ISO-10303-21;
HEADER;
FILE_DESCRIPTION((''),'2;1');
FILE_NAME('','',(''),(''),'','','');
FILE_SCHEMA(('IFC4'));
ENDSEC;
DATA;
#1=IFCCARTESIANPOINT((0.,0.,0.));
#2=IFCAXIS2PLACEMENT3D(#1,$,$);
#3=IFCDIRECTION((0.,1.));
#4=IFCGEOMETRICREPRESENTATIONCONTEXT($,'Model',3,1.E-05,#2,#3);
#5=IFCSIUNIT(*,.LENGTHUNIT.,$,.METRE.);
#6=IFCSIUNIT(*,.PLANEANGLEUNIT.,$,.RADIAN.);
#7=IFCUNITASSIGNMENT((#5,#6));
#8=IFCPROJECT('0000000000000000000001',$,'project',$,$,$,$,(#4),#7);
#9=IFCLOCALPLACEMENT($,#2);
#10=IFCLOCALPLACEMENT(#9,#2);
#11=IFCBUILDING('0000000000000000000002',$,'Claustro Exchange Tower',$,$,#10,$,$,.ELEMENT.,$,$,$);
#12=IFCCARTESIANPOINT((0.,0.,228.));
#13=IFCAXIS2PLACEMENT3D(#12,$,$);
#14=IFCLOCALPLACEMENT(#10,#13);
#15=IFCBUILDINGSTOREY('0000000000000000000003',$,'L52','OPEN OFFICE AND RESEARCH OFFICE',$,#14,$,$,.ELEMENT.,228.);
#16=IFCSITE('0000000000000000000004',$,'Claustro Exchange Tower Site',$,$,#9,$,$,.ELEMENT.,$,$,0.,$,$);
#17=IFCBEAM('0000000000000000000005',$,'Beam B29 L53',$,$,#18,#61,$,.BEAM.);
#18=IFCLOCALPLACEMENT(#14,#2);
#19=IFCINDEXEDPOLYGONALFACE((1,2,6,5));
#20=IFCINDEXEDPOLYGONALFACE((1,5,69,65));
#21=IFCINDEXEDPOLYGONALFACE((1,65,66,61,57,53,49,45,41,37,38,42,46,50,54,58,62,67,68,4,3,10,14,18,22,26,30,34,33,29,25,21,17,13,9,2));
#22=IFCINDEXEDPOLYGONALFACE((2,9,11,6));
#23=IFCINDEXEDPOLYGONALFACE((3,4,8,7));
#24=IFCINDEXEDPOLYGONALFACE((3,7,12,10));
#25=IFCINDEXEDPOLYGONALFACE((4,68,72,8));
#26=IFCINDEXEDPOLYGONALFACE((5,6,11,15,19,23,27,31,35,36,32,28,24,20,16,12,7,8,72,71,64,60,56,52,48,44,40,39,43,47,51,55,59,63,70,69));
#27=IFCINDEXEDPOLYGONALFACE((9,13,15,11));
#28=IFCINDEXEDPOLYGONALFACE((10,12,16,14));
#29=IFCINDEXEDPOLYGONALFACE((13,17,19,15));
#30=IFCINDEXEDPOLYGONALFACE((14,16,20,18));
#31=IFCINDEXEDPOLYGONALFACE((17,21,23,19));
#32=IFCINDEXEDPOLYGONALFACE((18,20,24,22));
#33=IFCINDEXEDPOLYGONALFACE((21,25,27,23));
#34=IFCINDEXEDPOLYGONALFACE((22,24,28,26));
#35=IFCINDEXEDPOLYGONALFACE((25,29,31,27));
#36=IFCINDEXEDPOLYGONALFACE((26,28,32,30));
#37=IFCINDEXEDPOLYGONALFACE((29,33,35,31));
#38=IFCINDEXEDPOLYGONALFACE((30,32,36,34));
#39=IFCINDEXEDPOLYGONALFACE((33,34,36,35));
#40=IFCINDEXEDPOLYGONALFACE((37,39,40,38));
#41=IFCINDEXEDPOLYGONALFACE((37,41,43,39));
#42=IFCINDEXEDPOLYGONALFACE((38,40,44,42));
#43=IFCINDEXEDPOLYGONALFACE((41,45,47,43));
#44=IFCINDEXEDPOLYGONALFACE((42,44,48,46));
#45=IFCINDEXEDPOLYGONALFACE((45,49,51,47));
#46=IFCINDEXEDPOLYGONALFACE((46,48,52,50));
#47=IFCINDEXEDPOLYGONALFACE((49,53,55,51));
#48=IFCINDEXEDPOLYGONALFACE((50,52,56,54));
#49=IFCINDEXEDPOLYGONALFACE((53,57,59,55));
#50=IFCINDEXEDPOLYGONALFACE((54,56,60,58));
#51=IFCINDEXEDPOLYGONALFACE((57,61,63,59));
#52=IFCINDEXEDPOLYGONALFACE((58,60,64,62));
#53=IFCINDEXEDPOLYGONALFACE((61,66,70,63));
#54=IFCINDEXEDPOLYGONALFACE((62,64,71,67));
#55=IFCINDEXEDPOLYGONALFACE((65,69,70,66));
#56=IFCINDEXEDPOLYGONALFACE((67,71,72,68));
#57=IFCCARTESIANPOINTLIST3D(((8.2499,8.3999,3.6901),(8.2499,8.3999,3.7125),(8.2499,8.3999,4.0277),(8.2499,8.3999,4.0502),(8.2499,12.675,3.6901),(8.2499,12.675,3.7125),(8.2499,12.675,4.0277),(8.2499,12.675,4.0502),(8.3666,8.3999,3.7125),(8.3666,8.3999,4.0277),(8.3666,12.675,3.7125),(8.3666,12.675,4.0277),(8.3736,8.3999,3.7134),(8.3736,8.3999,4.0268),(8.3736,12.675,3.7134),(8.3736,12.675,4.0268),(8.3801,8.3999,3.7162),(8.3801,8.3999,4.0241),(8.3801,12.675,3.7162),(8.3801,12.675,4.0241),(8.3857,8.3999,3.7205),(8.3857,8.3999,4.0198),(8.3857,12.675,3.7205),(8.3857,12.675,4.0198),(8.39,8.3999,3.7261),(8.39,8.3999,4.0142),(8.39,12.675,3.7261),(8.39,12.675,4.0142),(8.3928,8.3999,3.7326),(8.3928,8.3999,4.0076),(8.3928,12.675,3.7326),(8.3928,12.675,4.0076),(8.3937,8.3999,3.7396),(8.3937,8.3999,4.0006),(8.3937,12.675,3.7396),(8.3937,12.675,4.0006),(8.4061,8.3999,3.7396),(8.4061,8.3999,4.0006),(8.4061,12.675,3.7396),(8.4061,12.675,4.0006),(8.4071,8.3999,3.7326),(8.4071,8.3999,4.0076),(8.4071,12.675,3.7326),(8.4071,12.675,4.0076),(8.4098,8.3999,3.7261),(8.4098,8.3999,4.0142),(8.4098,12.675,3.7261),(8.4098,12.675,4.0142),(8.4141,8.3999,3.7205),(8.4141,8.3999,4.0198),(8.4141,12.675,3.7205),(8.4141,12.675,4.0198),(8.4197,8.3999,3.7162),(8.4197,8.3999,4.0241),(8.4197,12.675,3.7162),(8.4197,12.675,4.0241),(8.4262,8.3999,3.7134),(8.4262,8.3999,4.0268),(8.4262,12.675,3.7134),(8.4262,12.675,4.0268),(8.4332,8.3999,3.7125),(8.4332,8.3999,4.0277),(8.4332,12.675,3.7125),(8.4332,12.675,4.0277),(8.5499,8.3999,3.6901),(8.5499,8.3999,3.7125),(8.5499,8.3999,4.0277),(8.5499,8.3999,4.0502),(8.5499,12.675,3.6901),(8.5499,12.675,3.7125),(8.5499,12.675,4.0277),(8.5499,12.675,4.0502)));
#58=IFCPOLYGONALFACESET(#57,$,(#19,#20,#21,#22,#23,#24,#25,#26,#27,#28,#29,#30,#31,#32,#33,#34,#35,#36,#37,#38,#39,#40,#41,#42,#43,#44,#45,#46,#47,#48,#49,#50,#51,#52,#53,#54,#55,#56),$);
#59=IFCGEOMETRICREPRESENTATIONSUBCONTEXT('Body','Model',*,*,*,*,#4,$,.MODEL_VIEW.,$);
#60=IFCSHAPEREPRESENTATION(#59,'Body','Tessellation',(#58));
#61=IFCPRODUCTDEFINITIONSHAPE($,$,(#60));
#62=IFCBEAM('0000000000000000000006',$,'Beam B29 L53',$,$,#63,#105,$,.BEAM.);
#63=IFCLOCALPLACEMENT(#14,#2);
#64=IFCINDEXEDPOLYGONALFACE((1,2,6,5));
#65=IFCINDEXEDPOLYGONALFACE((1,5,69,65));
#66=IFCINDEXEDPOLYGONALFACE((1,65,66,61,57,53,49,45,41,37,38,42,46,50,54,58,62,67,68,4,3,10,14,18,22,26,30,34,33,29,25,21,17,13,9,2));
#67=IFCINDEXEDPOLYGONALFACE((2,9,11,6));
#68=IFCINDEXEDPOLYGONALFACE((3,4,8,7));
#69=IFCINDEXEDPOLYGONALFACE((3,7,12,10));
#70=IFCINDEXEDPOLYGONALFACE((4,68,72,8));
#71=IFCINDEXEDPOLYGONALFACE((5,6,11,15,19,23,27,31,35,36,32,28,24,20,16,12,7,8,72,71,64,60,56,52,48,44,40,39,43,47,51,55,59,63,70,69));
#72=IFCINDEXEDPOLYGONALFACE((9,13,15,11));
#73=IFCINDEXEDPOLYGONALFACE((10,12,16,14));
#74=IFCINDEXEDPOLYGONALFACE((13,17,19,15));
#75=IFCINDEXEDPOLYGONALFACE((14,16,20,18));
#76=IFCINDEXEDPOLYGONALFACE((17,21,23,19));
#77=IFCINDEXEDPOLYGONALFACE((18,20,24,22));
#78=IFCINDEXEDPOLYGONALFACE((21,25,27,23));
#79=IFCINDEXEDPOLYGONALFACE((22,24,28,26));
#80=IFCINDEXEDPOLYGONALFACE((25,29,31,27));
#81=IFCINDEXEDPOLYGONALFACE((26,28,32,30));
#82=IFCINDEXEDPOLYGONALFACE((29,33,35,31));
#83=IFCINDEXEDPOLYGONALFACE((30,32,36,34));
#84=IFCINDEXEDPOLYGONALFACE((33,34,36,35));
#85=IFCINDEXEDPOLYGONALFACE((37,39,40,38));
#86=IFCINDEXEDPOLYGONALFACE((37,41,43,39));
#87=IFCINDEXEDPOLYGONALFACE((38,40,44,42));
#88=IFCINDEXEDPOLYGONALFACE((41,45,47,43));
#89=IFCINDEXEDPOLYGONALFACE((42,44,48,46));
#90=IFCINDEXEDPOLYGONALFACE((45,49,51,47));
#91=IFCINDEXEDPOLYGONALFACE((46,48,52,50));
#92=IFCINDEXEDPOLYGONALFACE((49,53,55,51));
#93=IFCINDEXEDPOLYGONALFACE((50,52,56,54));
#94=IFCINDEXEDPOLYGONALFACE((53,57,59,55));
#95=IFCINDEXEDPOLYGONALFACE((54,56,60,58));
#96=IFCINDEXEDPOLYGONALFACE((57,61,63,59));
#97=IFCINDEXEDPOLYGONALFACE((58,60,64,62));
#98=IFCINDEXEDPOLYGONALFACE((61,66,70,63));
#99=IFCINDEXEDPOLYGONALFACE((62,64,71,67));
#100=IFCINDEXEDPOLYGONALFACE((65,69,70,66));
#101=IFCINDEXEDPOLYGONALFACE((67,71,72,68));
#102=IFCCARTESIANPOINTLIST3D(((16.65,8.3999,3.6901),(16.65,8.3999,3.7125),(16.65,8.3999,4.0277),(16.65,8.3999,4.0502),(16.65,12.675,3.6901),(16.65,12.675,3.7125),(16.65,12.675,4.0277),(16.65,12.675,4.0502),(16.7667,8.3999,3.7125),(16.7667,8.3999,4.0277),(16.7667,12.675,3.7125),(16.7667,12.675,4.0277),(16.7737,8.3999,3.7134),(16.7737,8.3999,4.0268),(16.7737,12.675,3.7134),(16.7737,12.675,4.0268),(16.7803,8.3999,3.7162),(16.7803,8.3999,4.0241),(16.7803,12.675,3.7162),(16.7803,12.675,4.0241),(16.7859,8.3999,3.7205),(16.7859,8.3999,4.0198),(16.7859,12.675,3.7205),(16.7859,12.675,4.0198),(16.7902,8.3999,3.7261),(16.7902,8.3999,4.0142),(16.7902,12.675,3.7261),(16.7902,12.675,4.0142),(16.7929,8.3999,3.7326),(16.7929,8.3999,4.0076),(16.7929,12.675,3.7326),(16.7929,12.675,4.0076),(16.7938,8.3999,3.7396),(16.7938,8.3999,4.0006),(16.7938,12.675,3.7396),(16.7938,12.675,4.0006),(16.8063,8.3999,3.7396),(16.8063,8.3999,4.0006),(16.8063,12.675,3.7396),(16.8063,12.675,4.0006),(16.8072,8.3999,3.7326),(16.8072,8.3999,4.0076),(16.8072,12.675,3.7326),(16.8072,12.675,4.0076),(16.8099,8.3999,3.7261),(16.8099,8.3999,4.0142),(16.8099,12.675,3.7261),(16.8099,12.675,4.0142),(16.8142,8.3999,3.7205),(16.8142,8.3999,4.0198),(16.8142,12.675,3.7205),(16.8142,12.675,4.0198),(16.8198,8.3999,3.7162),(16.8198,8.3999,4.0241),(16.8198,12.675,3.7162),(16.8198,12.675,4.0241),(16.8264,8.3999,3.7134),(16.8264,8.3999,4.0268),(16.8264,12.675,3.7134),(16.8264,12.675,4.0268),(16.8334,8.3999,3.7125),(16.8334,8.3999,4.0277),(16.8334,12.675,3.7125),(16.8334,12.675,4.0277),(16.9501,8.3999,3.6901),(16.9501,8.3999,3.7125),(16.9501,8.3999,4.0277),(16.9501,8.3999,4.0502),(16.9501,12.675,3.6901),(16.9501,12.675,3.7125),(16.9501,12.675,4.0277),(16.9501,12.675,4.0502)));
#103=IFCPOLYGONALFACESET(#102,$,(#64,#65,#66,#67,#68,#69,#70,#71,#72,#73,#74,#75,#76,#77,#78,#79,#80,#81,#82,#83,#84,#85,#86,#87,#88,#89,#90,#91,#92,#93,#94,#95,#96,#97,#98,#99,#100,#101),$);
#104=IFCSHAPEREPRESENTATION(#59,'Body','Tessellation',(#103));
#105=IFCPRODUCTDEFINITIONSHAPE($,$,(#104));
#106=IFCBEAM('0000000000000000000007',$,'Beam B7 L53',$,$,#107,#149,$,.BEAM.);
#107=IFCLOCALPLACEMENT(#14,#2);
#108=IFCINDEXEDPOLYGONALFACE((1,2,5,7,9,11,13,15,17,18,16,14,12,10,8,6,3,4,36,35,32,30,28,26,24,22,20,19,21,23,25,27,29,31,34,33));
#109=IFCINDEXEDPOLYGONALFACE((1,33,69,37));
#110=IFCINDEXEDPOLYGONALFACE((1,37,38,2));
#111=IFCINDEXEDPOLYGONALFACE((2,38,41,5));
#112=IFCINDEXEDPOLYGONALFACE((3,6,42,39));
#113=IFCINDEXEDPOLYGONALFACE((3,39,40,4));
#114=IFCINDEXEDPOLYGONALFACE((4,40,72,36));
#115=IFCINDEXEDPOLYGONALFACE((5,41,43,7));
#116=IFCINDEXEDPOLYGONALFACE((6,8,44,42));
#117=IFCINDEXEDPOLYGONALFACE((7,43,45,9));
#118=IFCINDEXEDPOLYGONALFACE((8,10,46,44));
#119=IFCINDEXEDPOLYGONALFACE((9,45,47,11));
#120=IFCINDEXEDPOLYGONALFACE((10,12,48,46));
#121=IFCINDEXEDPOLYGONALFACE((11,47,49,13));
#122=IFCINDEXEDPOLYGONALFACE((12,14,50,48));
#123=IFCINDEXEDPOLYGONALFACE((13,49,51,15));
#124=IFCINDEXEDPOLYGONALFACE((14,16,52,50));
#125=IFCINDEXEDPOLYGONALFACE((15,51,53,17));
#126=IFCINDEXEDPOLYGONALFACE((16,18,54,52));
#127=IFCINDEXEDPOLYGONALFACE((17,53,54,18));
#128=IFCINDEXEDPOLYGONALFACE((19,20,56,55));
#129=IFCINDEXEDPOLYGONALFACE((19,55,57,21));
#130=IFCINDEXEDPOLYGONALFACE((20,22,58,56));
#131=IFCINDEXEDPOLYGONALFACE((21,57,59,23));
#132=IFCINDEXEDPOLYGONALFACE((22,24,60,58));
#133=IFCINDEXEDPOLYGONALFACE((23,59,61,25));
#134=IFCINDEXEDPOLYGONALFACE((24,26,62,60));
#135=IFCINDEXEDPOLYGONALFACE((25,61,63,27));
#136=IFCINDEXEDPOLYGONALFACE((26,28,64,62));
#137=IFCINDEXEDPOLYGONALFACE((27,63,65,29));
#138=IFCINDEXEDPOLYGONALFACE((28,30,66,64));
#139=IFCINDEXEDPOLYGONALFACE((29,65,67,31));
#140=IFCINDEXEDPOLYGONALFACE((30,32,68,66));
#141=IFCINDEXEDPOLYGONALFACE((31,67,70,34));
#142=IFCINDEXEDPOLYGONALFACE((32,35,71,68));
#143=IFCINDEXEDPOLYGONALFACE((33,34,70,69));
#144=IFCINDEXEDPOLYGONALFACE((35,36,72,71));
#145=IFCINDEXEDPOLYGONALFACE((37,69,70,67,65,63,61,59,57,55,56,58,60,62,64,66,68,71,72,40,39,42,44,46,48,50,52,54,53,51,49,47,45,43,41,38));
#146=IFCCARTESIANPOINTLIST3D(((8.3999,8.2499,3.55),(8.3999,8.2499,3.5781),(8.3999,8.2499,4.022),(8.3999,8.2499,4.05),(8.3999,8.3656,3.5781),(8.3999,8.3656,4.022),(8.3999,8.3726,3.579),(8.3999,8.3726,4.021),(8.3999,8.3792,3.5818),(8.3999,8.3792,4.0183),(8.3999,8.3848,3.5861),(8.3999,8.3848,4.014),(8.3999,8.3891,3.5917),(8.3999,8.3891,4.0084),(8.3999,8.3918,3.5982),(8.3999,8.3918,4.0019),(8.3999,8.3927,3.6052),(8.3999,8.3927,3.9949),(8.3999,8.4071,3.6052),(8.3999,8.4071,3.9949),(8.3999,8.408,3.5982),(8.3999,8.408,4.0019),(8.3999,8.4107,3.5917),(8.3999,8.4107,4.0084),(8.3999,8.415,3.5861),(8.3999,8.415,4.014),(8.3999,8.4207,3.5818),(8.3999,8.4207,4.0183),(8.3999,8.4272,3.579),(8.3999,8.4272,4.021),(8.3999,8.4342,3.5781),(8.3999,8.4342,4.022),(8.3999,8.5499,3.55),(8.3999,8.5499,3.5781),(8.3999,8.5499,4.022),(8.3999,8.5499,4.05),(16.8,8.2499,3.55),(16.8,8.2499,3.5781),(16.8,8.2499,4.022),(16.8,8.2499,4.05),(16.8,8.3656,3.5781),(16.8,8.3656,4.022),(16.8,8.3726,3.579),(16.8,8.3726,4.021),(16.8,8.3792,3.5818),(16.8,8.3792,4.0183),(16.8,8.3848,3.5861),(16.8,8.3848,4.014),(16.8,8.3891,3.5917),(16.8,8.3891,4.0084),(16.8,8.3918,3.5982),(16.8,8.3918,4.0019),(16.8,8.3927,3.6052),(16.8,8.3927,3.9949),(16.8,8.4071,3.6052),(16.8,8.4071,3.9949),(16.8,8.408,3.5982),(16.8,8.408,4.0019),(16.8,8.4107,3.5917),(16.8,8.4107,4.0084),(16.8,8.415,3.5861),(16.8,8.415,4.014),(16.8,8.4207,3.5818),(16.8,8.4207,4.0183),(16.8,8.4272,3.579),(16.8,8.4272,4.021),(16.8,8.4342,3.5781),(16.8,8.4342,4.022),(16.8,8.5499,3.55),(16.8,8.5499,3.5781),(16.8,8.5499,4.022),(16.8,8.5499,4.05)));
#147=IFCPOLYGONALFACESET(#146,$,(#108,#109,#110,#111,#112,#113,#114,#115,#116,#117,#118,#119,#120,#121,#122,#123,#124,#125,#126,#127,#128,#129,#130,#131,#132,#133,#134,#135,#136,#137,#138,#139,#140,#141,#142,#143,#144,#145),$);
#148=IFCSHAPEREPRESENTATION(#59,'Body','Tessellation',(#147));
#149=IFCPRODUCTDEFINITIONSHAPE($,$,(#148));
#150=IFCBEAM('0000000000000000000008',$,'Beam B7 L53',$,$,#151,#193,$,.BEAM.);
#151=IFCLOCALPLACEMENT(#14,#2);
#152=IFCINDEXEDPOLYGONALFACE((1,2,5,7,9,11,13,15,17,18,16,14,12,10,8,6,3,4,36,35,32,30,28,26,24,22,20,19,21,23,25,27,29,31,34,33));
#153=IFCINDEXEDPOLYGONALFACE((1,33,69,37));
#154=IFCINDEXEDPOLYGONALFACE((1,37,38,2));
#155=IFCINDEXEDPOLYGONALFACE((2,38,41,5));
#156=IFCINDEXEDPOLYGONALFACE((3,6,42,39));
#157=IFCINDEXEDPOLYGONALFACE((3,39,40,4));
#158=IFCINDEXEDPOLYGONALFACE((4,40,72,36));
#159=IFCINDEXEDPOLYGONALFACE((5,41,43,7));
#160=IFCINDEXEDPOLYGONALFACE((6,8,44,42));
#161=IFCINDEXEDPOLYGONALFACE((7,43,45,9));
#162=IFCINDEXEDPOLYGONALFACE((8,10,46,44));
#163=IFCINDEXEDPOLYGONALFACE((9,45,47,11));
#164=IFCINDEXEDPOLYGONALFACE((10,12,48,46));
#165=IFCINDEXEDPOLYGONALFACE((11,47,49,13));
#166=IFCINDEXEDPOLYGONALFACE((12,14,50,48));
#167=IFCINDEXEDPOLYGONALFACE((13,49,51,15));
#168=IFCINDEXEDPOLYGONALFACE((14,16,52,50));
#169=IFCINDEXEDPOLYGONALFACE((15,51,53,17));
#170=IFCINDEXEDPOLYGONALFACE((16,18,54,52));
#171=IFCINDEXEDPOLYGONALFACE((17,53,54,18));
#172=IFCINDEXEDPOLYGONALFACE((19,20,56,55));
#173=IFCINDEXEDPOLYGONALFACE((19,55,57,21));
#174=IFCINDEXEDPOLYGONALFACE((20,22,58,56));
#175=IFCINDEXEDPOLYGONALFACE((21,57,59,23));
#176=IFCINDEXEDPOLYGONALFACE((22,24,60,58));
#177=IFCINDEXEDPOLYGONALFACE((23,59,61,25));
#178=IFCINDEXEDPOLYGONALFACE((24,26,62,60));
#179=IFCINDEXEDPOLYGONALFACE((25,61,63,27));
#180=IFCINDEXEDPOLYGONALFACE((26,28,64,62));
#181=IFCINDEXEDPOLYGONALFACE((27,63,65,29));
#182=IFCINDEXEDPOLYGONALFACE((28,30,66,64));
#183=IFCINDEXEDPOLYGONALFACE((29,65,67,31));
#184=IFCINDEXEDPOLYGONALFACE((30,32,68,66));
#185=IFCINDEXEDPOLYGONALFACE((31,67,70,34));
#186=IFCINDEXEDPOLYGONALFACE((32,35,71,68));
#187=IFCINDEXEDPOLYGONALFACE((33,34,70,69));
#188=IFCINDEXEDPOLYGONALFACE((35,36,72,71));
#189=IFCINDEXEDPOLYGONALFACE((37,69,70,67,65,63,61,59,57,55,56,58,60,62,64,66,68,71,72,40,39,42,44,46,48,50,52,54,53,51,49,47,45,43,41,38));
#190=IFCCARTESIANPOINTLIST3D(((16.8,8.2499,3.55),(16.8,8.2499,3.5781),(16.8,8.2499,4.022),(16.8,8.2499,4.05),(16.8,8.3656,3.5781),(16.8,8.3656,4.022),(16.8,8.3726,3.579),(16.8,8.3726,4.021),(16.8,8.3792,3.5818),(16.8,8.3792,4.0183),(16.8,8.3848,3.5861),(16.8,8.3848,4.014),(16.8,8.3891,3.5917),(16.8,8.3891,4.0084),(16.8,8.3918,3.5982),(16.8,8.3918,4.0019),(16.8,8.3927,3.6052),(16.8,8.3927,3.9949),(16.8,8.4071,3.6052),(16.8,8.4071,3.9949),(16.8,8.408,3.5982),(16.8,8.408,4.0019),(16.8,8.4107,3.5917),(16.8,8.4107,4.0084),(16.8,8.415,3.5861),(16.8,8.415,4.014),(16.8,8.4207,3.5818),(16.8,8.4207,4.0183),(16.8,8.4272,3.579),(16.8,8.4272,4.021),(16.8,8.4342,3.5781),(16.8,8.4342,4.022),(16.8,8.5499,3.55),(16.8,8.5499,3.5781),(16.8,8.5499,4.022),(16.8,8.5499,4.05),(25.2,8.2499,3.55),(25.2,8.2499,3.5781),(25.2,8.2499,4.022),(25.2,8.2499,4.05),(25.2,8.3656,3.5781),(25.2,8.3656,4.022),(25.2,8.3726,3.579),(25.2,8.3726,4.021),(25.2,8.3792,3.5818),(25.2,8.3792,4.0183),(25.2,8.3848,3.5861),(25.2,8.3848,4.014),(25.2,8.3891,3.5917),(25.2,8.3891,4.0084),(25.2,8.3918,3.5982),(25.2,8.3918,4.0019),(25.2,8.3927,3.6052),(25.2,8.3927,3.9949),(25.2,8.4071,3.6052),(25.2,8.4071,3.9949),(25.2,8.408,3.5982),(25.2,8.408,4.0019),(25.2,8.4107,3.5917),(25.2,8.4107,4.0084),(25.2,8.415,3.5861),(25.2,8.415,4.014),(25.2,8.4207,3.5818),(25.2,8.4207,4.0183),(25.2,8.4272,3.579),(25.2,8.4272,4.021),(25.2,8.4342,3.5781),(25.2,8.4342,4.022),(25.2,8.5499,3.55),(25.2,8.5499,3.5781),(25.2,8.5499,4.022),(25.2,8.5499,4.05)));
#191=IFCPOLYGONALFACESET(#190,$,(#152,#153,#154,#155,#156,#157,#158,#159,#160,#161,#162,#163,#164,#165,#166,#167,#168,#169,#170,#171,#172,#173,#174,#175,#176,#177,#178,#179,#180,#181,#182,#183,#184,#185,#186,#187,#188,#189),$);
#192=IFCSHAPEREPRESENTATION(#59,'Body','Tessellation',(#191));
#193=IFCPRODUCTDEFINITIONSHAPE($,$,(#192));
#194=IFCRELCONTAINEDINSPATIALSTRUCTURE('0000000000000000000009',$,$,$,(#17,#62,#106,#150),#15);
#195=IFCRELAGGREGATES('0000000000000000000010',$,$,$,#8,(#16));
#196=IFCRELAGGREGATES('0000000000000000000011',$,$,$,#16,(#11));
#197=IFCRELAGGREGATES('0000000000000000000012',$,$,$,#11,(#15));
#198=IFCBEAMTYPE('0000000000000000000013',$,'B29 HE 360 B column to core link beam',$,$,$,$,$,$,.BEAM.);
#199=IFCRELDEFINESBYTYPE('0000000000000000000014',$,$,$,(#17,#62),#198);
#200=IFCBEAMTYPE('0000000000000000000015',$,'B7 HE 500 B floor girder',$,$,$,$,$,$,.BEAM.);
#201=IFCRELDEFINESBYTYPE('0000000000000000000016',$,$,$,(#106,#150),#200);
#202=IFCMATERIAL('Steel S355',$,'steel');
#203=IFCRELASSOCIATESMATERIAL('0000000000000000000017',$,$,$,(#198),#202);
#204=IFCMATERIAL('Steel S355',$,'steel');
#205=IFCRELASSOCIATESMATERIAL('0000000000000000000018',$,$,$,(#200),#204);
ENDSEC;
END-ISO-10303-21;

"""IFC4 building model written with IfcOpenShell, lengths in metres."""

from ifc_helpers import new_model, si_unit, direction, frame, origin, origin_2d, place, context, subcontext, project, spatial, i_section, extrude, material, material_profile, profile_set, type_object, element, save


model = new_model("IFC4")

# Units and contexts
model_context = context("Model", 3, precision=1e-05, world=origin(), true_north=direction((0.0, 1.0)))
body_context = subcontext(model_context, "Body", "Model", "MODEL_VIEW")
ifc_project = project(units=[si_unit("LENGTHUNIT", "METRE"), si_unit("PLANEANGLEUNIT", "RADIAN")], contexts=[model_context])

# Site, building, storey
site_placement = place(None, origin())
site = spatial("IfcSite", under=ifc_project, at=site_placement, Name="Claustro Exchange Tower Site", CompositionType="ELEMENT", RefElevation=0.0)
building_placement = place(site_placement, origin())
building = spatial("IfcBuilding", under=site, at=building_placement, Name="Claustro Exchange Tower", CompositionType="ELEMENT")
storey_placement = place(building_placement, frame((0.0, 0.0, 228.0)))
storey = spatial("IfcBuildingStorey", under=building, at=storey_placement, Name="L52", Description="OPEN OFFICE AND RESEARCH OFFICE", CompositionType="ELEMENT", Elevation=228.0)

# Beams
ifc_material_1 = material(Name="Steel S355", Category="steel")
ifc_material_profile_1 = material_profile(ifc_material_1, i_section(OverallWidth=0.3, OverallDepth=0.3601, WebThickness=0.0125, FlangeThickness=0.0225, FilletRadius=0.0271, at=origin_2d()), Name="HE 360 B")
ifc_profile_set_1 = profile_set([ifc_material_profile_1], Name="Steel S355")
beam_type_1 = type_object("IfcBeamType", Name="B29 HE 360 B column to core link beam", PredefinedType="BEAM", material=ifc_profile_set_1)
for number, where, z_axis, x_axis, name in (
    (1, (8.3999, 8.3999, 3.8701), (0.0, 1.0, 0.0), (-1.0, 0.0, 0.0), "Beam B29 L53"),
    (2, (16.8, 8.3999, 3.8701), (0.0, 1.0, 0.0), (-1.0, 0.0, 0.0), "Beam B29 L53"),
):
    element("IfcBeam", number, at=place(storey_placement, frame(where, z_axis=z_axis, x_axis=x_axis)), inside=storey, type_object=beam_type_1, Name=name, PredefinedType="BEAM", context=body_context, shape_type="SweptSolid", body=[
        extrude(i_section(OverallWidth=0.3, OverallDepth=0.3601, WebThickness=0.0125, FlangeThickness=0.0225, FilletRadius=0.0271, at=origin_2d()), origin(), (0.0, 0.0, 1.0), 4.2751),
    ])
ifc_material_2 = material(Name="Steel S355", Category="steel")
ifc_material_profile_2 = material_profile(ifc_material_2, i_section(OverallWidth=0.3, OverallDepth=0.5, WebThickness=0.0144, FlangeThickness=0.0281, FilletRadius=0.0271, at=origin_2d()), Name="HE 500 B")
ifc_profile_set_2 = profile_set([ifc_material_profile_2], Name="Steel S355")
beam_type_2 = type_object("IfcBeamType", Name="B7 HE 500 B floor girder", PredefinedType="BEAM", material=ifc_profile_set_2)
beam_1_placement = place(storey_placement, frame((8.3999, 8.3999, 3.8), z_axis=(1.0, 0.0, 0.0), x_axis=(0.0, 1.0, 0.0)))
element("IfcBeam", 3, at=beam_1_placement, inside=storey, type_object=beam_type_2, Name="Beam B7 L53", PredefinedType="BEAM", context=body_context, shape_type="SweptSolid", body=[
    extrude(i_section(OverallWidth=0.3, OverallDepth=0.5, WebThickness=0.0144, FlangeThickness=0.0281, FilletRadius=0.0271, at=origin_2d()), origin(), (0.0, 0.0, 1.0), 8.4001),
])
beam_2_placement = place(storey_placement, frame((16.8, 8.3999, 3.8), z_axis=(1.0, 0.0, 0.0), x_axis=(0.0, 1.0, 0.0)))
element("IfcBeam", 4, at=beam_2_placement, inside=storey, type_object=beam_type_2, Name="Beam B7 L53", PredefinedType="BEAM", context=body_context, shape_type="SweptSolid", body=[
    extrude(i_section(OverallWidth=0.3, OverallDepth=0.5, WebThickness=0.0144, FlangeThickness=0.0281, FilletRadius=0.0271, at=origin_2d()), origin(), (0.0, 0.0, 1.0), 8.3999),
])

save(model, "model.ifc")
